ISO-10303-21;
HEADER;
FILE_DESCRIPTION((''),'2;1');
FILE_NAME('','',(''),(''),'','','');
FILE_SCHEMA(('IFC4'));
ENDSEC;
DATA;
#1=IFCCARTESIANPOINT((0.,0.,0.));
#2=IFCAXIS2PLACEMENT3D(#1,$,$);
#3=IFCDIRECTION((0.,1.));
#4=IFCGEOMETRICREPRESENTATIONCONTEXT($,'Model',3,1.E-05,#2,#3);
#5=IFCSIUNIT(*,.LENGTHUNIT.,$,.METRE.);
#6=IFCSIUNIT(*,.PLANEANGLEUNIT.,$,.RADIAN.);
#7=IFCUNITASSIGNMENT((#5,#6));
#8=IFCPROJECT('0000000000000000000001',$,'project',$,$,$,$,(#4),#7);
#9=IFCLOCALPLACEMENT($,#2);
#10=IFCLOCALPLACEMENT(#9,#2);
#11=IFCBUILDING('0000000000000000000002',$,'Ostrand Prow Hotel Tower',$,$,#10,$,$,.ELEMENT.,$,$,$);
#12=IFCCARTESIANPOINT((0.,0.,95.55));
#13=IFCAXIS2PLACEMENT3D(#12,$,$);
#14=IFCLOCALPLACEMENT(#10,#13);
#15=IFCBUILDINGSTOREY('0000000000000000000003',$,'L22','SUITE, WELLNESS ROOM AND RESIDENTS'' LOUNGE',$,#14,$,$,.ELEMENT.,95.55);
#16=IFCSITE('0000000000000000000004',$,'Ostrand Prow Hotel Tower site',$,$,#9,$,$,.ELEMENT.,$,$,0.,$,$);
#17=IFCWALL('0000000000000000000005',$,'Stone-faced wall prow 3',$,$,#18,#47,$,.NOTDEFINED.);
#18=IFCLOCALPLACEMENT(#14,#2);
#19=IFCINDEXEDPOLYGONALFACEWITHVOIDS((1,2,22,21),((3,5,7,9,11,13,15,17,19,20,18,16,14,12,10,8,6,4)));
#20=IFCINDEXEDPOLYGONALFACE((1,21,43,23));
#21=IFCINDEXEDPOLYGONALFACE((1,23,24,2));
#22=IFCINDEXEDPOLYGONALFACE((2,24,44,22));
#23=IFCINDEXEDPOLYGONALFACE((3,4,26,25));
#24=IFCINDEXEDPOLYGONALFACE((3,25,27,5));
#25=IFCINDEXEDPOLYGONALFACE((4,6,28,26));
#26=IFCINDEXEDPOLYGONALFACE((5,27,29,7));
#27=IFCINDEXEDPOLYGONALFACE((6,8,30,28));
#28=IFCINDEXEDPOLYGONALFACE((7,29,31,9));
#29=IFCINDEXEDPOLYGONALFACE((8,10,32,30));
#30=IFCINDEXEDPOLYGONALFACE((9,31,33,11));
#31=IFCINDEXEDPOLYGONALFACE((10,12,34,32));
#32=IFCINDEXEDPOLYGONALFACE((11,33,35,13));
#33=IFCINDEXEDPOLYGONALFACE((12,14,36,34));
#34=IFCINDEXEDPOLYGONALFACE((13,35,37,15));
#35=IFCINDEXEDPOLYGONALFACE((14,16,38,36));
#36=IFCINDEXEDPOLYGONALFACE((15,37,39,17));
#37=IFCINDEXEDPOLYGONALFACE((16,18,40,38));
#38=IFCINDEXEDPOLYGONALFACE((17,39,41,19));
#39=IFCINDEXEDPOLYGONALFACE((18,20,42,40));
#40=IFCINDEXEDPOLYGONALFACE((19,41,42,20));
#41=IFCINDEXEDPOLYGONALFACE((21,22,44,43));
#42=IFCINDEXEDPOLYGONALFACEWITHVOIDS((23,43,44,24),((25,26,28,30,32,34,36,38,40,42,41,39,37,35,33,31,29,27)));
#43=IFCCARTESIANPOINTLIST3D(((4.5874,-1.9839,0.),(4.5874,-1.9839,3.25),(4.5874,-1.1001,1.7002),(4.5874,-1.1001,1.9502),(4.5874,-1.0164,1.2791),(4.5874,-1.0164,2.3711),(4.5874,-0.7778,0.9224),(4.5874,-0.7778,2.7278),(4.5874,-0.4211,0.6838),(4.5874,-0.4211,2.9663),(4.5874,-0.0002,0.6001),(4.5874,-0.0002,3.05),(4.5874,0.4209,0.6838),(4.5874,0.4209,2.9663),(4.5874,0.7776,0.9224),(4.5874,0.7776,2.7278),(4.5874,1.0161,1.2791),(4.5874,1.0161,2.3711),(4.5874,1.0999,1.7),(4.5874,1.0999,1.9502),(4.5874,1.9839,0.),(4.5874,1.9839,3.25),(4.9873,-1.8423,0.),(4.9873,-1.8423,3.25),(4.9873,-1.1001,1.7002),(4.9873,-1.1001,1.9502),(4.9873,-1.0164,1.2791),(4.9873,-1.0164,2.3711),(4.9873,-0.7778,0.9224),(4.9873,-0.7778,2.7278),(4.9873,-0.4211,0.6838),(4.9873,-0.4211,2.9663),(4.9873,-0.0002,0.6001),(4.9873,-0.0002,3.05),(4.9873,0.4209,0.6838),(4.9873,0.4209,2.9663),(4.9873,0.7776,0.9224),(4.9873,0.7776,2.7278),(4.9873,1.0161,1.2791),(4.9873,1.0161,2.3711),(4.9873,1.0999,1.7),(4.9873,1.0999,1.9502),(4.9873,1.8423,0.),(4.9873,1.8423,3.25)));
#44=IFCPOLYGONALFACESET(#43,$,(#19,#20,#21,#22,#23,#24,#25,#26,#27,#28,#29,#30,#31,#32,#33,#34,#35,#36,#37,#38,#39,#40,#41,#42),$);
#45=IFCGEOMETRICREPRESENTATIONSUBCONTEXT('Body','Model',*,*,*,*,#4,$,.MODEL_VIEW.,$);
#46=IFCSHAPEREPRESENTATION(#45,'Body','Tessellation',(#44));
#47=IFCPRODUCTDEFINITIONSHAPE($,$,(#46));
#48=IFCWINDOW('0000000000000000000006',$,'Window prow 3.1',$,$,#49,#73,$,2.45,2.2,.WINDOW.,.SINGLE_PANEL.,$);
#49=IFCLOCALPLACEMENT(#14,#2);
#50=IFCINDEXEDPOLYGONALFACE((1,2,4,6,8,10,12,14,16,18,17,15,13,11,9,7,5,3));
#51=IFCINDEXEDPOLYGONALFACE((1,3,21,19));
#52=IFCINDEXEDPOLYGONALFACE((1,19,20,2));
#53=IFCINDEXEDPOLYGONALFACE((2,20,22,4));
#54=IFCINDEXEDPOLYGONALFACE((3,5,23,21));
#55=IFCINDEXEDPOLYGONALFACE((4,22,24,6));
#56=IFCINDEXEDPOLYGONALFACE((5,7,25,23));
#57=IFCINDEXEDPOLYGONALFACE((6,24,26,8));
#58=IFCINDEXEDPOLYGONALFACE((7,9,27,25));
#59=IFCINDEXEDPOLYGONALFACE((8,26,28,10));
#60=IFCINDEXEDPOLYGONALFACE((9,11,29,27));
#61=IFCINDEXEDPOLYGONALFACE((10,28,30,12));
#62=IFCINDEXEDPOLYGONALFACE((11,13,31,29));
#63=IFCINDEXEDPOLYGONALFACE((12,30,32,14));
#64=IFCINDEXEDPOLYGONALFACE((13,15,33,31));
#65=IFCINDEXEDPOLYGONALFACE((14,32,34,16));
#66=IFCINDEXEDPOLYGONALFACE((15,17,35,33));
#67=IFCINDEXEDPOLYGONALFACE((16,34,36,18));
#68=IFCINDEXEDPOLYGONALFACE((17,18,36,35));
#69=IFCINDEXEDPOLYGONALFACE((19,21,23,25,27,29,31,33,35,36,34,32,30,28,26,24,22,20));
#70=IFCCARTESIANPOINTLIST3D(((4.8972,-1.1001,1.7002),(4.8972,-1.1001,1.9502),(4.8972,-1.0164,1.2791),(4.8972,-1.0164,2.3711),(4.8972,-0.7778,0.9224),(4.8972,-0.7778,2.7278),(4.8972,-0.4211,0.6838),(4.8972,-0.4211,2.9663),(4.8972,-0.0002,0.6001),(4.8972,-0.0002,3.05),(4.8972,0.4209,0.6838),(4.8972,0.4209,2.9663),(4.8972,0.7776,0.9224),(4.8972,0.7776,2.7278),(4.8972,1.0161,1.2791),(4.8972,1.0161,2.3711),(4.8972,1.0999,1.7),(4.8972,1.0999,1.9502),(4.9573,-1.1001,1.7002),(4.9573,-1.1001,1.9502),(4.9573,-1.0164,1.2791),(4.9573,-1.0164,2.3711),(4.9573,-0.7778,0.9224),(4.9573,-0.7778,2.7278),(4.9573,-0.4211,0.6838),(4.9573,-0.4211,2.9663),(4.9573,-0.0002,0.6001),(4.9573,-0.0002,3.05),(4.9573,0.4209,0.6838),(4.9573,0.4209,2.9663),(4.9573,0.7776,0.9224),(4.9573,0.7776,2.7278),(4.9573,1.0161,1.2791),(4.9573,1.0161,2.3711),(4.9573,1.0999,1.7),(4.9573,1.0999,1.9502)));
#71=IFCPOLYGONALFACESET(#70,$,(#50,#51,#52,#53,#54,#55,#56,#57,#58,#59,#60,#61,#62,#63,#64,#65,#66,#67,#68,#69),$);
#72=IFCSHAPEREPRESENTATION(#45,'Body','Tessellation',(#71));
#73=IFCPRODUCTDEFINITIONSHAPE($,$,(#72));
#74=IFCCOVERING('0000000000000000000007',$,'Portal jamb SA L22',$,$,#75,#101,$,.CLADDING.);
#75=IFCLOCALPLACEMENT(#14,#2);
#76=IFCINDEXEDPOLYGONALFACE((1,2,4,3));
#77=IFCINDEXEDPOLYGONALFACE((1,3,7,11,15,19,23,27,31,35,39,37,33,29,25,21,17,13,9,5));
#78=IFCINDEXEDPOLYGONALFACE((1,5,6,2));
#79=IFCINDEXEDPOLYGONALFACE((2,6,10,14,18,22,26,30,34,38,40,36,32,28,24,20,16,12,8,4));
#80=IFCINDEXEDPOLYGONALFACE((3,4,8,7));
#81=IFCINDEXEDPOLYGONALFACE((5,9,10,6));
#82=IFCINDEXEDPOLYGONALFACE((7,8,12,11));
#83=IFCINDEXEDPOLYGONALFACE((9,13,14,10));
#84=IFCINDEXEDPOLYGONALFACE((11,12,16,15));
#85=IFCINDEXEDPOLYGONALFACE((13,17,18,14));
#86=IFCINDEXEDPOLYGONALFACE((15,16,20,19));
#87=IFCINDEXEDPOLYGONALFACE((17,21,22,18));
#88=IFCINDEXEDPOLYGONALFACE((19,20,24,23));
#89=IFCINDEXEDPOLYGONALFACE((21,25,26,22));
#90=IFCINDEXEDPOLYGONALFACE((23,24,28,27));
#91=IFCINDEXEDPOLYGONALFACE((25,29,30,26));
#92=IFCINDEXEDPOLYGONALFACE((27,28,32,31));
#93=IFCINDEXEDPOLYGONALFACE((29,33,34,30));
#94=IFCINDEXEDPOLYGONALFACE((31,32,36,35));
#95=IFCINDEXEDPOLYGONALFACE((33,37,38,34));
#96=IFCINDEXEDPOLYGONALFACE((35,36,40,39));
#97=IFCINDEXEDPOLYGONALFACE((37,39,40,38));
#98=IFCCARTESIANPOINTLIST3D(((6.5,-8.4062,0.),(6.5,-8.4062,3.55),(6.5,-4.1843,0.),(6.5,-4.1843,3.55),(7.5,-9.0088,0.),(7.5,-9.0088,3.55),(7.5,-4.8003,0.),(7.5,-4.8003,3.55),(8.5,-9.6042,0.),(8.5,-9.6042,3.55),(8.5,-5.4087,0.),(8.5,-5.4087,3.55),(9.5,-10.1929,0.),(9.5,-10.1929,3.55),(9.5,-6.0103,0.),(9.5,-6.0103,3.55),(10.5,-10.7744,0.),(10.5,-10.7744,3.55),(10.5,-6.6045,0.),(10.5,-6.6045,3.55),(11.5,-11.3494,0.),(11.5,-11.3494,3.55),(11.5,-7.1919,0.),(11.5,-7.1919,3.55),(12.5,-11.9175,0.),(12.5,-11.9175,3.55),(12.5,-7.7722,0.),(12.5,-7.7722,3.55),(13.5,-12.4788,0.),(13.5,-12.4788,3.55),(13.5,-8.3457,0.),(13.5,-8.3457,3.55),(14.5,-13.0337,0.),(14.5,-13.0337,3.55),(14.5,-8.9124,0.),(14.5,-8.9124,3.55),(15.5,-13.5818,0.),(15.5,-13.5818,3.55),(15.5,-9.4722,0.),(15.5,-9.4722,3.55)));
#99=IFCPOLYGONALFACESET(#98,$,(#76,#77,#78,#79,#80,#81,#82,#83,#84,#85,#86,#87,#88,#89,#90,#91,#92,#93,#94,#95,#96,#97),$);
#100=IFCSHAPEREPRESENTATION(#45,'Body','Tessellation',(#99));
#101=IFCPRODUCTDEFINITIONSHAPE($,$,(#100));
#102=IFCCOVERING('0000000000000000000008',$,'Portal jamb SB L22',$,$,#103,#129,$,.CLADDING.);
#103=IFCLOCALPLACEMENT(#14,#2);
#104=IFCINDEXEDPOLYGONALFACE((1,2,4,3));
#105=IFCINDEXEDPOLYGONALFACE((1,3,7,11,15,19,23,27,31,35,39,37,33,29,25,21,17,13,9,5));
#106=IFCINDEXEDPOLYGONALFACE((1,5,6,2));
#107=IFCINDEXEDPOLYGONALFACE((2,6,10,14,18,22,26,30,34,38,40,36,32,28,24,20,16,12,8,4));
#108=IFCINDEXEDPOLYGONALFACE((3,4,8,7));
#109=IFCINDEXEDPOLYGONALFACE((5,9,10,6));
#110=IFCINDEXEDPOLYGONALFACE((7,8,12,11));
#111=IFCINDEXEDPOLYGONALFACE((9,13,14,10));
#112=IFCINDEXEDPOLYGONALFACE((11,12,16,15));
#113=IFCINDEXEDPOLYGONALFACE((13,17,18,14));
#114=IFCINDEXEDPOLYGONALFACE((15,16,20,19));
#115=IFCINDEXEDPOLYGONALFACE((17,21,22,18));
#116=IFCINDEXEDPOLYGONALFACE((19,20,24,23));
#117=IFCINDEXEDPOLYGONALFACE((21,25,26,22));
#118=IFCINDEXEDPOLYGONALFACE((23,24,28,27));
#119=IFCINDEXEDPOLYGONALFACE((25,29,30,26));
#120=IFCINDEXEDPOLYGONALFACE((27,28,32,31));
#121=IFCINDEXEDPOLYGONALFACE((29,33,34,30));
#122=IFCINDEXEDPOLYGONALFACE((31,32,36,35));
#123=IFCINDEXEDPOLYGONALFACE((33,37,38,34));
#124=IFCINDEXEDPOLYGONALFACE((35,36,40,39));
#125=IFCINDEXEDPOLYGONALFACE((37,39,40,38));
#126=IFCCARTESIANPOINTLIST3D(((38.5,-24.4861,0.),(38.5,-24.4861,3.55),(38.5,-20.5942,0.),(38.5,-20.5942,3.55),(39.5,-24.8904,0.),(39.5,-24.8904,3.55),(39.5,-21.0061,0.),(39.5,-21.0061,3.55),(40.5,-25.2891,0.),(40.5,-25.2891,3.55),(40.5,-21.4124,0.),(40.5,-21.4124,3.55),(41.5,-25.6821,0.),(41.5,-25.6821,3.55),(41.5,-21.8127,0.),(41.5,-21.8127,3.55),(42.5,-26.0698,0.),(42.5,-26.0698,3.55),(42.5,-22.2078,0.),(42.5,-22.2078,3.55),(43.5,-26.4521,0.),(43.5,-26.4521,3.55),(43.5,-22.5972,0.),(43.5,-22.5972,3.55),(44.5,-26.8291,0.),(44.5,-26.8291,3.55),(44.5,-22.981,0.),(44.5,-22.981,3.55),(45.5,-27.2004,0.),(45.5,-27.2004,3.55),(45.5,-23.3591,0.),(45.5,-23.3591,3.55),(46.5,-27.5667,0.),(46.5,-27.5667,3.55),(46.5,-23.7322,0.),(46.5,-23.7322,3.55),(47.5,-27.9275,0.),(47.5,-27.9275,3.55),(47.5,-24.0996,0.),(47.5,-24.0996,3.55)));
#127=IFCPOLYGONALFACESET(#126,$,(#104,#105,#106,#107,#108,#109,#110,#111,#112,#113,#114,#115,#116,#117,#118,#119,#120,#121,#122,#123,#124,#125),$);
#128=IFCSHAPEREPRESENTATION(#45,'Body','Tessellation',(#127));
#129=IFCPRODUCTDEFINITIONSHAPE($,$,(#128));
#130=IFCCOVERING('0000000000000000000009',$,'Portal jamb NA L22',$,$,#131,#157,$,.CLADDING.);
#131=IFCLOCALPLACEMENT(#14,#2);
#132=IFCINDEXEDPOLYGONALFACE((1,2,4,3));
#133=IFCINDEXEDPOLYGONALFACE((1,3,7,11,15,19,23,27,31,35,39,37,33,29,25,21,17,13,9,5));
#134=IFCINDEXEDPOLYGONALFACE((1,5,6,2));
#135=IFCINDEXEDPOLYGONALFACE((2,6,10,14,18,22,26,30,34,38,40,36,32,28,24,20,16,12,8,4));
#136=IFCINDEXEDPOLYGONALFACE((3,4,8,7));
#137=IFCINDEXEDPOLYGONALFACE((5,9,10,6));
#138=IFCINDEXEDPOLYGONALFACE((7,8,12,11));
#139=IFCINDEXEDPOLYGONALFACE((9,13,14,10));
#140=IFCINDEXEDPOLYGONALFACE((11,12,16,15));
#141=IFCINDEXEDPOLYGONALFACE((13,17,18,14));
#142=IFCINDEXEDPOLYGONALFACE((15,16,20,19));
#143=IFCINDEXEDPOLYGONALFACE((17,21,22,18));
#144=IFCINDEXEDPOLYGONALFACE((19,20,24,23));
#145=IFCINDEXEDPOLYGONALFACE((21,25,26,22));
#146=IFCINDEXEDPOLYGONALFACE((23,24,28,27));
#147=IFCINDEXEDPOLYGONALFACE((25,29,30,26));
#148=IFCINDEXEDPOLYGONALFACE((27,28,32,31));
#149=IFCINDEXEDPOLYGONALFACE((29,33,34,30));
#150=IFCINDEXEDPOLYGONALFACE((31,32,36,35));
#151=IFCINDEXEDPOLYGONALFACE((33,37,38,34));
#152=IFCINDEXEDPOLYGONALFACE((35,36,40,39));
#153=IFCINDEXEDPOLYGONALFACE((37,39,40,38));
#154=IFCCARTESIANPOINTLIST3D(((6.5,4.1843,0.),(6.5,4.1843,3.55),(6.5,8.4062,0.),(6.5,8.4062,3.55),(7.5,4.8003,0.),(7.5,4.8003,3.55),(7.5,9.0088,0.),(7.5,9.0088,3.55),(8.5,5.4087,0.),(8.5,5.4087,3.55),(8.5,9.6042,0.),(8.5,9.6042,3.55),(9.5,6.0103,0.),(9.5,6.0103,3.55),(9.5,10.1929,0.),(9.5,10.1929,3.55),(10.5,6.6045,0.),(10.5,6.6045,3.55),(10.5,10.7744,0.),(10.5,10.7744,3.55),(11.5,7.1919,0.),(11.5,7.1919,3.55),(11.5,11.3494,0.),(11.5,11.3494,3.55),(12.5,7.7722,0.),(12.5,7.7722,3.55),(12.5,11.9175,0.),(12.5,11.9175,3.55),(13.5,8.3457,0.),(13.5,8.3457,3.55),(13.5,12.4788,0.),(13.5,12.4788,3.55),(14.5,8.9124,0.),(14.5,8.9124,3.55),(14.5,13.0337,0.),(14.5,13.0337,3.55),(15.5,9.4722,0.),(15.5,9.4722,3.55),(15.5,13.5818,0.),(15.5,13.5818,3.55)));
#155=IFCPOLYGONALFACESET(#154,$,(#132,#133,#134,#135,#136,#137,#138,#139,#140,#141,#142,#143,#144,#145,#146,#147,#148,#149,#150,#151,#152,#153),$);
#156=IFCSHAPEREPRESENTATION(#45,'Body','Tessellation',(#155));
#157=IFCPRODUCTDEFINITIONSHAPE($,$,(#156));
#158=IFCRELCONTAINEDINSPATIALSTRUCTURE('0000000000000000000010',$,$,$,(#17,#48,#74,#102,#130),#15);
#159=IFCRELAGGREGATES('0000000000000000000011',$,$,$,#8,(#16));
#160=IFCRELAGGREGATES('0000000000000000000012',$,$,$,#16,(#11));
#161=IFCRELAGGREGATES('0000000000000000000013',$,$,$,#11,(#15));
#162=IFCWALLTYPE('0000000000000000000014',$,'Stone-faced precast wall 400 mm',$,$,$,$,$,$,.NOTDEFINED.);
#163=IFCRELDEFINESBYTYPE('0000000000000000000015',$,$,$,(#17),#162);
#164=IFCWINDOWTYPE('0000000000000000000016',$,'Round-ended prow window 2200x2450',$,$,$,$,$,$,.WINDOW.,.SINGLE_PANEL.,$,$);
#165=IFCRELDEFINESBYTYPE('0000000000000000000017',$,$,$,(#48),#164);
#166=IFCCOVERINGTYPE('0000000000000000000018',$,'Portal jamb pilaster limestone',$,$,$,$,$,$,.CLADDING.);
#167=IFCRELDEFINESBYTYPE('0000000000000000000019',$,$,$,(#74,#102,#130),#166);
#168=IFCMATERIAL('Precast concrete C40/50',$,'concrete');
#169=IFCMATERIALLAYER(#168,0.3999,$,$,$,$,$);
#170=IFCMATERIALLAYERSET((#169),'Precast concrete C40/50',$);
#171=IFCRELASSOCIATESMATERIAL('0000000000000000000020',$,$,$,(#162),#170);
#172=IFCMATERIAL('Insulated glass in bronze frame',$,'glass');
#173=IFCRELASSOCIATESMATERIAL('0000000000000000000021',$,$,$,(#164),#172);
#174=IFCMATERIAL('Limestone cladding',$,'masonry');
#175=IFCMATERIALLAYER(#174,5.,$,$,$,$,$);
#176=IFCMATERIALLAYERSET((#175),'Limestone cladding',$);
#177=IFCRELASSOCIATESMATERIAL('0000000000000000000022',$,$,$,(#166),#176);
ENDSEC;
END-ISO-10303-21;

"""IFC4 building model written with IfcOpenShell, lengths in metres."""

from ifc_helpers import new_model, si_unit, direction, frame, origin, place, context, subcontext, project, spatial, polyline, outline, extrude, material, layer, layer_set, type_object, element, fill, save


model = new_model("IFC4")

# Units and contexts
model_context = context("Model", 3, precision=1e-05, world=origin(), true_north=direction((0.0, 1.0)))
body_context = subcontext(model_context, "Body", "Model", "MODEL_VIEW")
ifc_project = project(units=[si_unit("LENGTHUNIT", "METRE"), si_unit("PLANEANGLEUNIT", "RADIAN")], contexts=[model_context])

# Site, building, storey
site_placement = place(None, origin())
site = spatial("IfcSite", under=ifc_project, at=site_placement, Name="Ostrand Prow Hotel Tower site", CompositionType="ELEMENT", RefElevation=0.0)
building_placement = place(site_placement, origin())
building = spatial("IfcBuilding", under=site, at=building_placement, Name="Ostrand Prow Hotel Tower", CompositionType="ELEMENT")
storey_placement = place(building_placement, frame((0.0, 0.0, 95.55)))
storey = spatial("IfcBuildingStorey", under=building, at=storey_placement, Name="L22", Description="SUITE, WELLNESS ROOM AND RESIDENTS' LOUNGE", CompositionType="ELEMENT", Elevation=95.55)

# Wall, opening, window
ifc_material_1 = material(Name="Precast concrete C40/50", Category="concrete")
ifc_layer_1 = layer(ifc_material_1, 0.3999)
ifc_layer_set_1 = layer_set([ifc_layer_1], Name="Precast concrete C40/50")
wall_type_1 = type_object("IfcWallType", Name="Stone-faced precast wall 400 mm", PredefinedType="NOTDEFINED", material=ifc_layer_set_1)
ifc_material_2 = material(Name="Insulated glass in bronze frame", Category="glass")
window_type = type_object("IfcWindowType", Name="Round-ended prow window 2200x2450", PartitioningType="SINGLE_PANEL", PredefinedType="WINDOW", material=ifc_material_2)
wall_1_placement = place(storey_placement, frame((4.7874, 1.9131, 0.0), z_axis=(0.0, 0.0, 1.0), x_axis=(0.0, -1.0, 0.0)))
wall_1 = element("IfcWall", 1, at=wall_1_placement, inside=storey, type_object=wall_type_1, Name="Stone-faced wall prow 3", PredefinedType="NOTDEFINED", context=body_context, shape_type="SweptSolid", body=[
    extrude(outline(polyline([(-0.0708, -0.2), (3.897, -0.2), (3.7554, 0.2), (0.0708, 0.2), (-0.0708, -0.2)])), origin(), (0.0, 0.0, 1.0), 3.25),
])
opening_1_placement = place(wall_1_placement, frame((0.8132, 0.0, 0.6001)))
opening_1 = element("IfcOpeningElement", 2, at=opening_1_placement, cuts=wall_1, PredefinedType="OPENING", context=body_context, shape_type="SweptSolid", body=[
    extrude(outline(polyline([(0.0, 1.3501), (0.0837, 1.771), (0.3223, 2.1277), (0.679, 2.3662), (1.1001, 2.45), (1.521, 2.3662), (1.8777, 2.1277), (2.1162, 1.771), (2.2, 1.3501), (2.2, 1.1001), (2.1162, 0.679), (1.8777, 0.3223), (1.521, 0.0837), (1.1001, 0.0), (0.679, 0.0837), (0.3223, 0.3223), (0.0837, 0.679), (0.0, 1.0999), (0.0, 1.3501)])), frame((0.0, 0.21, 0.0), z_axis=(0.0, -1.0, 0.0), x_axis=(1.0, 0.0, 0.0)), (0.0, 0.0, 1.0), 0.4199),
])
window_1_placement = place(opening_1_placement, origin())
window_1 = element("IfcWindow", 3, at=window_1_placement, inside=storey, type_object=window_type, Name="Window prow 3.1", OverallHeight=2.45, OverallWidth=2.2, PartitioningType="SINGLE_PANEL", PredefinedType="WINDOW", context=body_context, shape_type="SweptSolid", body=[
    extrude(outline(polyline([(0.0, 1.3501), (0.0837, 1.771), (0.3223, 2.1277), (0.679, 2.3662), (1.1001, 2.45), (1.521, 2.3662), (1.8777, 2.1277), (2.1162, 1.771), (2.2, 1.3501), (2.2, 1.1001), (2.1162, 0.679), (1.8777, 0.3223), (1.521, 0.0837), (1.1001, 0.0), (0.679, 0.0837), (0.3223, 0.3223), (0.0837, 0.679), (0.0, 1.0999), (0.0, 1.3501)])), frame((0.0, 0.1699, 0.0), z_axis=(0.0, -1.0, 0.0), x_axis=(1.0, 0.0, 0.0)), (0.0, 0.0, 1.0), 0.0601),
])
fill(opening_1, window_1)

# Coverings
ifc_material_3 = material(Name="Limestone cladding", Category="masonry")
ifc_layer_2 = layer(ifc_material_3, 5.0)
ifc_layer_set_2 = layer_set([ifc_layer_2], Name="Limestone cladding")
covering_type_1 = type_object("IfcCoveringType", Name="Portal jamb pilaster limestone", PredefinedType="CLADDING", material=ifc_layer_set_2)
covering_1_placement = place(storey_placement, origin())
element("IfcCovering", 4, at=covering_1_placement, inside=storey, type_object=covering_type_1, Name="Portal jamb SA L22", PredefinedType="CLADDING", context=body_context, shape_type="SweptSolid", body=[
    extrude(outline(polyline([(6.5, -4.1843), (6.5, -8.4062), (7.5, -9.0088), (8.5, -9.6042), (9.5, -10.1929), (10.5, -10.7744), (11.5, -11.3494), (12.5, -11.9175), (13.5, -12.4788), (14.5, -13.0337), (15.5, -13.5818), (15.5, -9.4722), (14.5, -8.9124), (13.5, -8.3457), (12.5, -7.7722), (11.5, -7.1919), (10.5, -6.6045), (9.5, -6.0103), (8.5, -5.4087), (7.5, -4.8003), (6.5, -4.1843)])), origin(), (0.0, 0.0, 1.0), 3.55),
])
covering_2_placement = place(storey_placement, origin())
element("IfcCovering", 5, at=covering_2_placement, inside=storey, type_object=covering_type_1, Name="Portal jamb SB L22", PredefinedType="CLADDING", context=body_context, shape_type="SweptSolid", body=[
    extrude(outline(polyline([(38.5, -20.5942), (38.5, -24.4861), (39.5, -24.8904), (40.5, -25.2891), (41.5, -25.6821), (42.5, -26.0698), (43.5, -26.4521), (44.5, -26.8291), (45.5, -27.2004), (46.5, -27.5667), (47.5, -27.9275), (47.5, -24.0996), (46.5, -23.7322), (45.5, -23.3591), (44.5, -22.981), (43.5, -22.5972), (42.5, -22.2078), (41.5, -21.8127), (40.5, -21.4124), (39.5, -21.0061), (38.5, -20.5942)])), origin(), (0.0, 0.0, 1.0), 3.55),
])
covering_3_placement = place(storey_placement, origin())
element("IfcCovering", 6, at=covering_3_placement, inside=storey, type_object=covering_type_1, Name="Portal jamb NA L22", PredefinedType="CLADDING", context=body_context, shape_type="SweptSolid", body=[
    extrude(outline(polyline([(6.5, 4.1843), (7.5, 4.8003), (8.5, 5.4087), (9.5, 6.0103), (10.5, 6.6045), (11.5, 7.1919), (12.5, 7.7722), (13.5, 8.3457), (14.5, 8.9124), (15.5, 9.4722), (15.5, 13.5818), (14.5, 13.0337), (13.5, 12.4788), (12.5, 11.9175), (11.5, 11.3494), (10.5, 10.7744), (9.5, 10.1929), (8.5, 9.6042), (7.5, 9.0088), (6.5, 8.4062), (6.5, 4.1843)])), origin(), (0.0, 0.0, 1.0), 3.55),
])

save(model, "model.ifc")
